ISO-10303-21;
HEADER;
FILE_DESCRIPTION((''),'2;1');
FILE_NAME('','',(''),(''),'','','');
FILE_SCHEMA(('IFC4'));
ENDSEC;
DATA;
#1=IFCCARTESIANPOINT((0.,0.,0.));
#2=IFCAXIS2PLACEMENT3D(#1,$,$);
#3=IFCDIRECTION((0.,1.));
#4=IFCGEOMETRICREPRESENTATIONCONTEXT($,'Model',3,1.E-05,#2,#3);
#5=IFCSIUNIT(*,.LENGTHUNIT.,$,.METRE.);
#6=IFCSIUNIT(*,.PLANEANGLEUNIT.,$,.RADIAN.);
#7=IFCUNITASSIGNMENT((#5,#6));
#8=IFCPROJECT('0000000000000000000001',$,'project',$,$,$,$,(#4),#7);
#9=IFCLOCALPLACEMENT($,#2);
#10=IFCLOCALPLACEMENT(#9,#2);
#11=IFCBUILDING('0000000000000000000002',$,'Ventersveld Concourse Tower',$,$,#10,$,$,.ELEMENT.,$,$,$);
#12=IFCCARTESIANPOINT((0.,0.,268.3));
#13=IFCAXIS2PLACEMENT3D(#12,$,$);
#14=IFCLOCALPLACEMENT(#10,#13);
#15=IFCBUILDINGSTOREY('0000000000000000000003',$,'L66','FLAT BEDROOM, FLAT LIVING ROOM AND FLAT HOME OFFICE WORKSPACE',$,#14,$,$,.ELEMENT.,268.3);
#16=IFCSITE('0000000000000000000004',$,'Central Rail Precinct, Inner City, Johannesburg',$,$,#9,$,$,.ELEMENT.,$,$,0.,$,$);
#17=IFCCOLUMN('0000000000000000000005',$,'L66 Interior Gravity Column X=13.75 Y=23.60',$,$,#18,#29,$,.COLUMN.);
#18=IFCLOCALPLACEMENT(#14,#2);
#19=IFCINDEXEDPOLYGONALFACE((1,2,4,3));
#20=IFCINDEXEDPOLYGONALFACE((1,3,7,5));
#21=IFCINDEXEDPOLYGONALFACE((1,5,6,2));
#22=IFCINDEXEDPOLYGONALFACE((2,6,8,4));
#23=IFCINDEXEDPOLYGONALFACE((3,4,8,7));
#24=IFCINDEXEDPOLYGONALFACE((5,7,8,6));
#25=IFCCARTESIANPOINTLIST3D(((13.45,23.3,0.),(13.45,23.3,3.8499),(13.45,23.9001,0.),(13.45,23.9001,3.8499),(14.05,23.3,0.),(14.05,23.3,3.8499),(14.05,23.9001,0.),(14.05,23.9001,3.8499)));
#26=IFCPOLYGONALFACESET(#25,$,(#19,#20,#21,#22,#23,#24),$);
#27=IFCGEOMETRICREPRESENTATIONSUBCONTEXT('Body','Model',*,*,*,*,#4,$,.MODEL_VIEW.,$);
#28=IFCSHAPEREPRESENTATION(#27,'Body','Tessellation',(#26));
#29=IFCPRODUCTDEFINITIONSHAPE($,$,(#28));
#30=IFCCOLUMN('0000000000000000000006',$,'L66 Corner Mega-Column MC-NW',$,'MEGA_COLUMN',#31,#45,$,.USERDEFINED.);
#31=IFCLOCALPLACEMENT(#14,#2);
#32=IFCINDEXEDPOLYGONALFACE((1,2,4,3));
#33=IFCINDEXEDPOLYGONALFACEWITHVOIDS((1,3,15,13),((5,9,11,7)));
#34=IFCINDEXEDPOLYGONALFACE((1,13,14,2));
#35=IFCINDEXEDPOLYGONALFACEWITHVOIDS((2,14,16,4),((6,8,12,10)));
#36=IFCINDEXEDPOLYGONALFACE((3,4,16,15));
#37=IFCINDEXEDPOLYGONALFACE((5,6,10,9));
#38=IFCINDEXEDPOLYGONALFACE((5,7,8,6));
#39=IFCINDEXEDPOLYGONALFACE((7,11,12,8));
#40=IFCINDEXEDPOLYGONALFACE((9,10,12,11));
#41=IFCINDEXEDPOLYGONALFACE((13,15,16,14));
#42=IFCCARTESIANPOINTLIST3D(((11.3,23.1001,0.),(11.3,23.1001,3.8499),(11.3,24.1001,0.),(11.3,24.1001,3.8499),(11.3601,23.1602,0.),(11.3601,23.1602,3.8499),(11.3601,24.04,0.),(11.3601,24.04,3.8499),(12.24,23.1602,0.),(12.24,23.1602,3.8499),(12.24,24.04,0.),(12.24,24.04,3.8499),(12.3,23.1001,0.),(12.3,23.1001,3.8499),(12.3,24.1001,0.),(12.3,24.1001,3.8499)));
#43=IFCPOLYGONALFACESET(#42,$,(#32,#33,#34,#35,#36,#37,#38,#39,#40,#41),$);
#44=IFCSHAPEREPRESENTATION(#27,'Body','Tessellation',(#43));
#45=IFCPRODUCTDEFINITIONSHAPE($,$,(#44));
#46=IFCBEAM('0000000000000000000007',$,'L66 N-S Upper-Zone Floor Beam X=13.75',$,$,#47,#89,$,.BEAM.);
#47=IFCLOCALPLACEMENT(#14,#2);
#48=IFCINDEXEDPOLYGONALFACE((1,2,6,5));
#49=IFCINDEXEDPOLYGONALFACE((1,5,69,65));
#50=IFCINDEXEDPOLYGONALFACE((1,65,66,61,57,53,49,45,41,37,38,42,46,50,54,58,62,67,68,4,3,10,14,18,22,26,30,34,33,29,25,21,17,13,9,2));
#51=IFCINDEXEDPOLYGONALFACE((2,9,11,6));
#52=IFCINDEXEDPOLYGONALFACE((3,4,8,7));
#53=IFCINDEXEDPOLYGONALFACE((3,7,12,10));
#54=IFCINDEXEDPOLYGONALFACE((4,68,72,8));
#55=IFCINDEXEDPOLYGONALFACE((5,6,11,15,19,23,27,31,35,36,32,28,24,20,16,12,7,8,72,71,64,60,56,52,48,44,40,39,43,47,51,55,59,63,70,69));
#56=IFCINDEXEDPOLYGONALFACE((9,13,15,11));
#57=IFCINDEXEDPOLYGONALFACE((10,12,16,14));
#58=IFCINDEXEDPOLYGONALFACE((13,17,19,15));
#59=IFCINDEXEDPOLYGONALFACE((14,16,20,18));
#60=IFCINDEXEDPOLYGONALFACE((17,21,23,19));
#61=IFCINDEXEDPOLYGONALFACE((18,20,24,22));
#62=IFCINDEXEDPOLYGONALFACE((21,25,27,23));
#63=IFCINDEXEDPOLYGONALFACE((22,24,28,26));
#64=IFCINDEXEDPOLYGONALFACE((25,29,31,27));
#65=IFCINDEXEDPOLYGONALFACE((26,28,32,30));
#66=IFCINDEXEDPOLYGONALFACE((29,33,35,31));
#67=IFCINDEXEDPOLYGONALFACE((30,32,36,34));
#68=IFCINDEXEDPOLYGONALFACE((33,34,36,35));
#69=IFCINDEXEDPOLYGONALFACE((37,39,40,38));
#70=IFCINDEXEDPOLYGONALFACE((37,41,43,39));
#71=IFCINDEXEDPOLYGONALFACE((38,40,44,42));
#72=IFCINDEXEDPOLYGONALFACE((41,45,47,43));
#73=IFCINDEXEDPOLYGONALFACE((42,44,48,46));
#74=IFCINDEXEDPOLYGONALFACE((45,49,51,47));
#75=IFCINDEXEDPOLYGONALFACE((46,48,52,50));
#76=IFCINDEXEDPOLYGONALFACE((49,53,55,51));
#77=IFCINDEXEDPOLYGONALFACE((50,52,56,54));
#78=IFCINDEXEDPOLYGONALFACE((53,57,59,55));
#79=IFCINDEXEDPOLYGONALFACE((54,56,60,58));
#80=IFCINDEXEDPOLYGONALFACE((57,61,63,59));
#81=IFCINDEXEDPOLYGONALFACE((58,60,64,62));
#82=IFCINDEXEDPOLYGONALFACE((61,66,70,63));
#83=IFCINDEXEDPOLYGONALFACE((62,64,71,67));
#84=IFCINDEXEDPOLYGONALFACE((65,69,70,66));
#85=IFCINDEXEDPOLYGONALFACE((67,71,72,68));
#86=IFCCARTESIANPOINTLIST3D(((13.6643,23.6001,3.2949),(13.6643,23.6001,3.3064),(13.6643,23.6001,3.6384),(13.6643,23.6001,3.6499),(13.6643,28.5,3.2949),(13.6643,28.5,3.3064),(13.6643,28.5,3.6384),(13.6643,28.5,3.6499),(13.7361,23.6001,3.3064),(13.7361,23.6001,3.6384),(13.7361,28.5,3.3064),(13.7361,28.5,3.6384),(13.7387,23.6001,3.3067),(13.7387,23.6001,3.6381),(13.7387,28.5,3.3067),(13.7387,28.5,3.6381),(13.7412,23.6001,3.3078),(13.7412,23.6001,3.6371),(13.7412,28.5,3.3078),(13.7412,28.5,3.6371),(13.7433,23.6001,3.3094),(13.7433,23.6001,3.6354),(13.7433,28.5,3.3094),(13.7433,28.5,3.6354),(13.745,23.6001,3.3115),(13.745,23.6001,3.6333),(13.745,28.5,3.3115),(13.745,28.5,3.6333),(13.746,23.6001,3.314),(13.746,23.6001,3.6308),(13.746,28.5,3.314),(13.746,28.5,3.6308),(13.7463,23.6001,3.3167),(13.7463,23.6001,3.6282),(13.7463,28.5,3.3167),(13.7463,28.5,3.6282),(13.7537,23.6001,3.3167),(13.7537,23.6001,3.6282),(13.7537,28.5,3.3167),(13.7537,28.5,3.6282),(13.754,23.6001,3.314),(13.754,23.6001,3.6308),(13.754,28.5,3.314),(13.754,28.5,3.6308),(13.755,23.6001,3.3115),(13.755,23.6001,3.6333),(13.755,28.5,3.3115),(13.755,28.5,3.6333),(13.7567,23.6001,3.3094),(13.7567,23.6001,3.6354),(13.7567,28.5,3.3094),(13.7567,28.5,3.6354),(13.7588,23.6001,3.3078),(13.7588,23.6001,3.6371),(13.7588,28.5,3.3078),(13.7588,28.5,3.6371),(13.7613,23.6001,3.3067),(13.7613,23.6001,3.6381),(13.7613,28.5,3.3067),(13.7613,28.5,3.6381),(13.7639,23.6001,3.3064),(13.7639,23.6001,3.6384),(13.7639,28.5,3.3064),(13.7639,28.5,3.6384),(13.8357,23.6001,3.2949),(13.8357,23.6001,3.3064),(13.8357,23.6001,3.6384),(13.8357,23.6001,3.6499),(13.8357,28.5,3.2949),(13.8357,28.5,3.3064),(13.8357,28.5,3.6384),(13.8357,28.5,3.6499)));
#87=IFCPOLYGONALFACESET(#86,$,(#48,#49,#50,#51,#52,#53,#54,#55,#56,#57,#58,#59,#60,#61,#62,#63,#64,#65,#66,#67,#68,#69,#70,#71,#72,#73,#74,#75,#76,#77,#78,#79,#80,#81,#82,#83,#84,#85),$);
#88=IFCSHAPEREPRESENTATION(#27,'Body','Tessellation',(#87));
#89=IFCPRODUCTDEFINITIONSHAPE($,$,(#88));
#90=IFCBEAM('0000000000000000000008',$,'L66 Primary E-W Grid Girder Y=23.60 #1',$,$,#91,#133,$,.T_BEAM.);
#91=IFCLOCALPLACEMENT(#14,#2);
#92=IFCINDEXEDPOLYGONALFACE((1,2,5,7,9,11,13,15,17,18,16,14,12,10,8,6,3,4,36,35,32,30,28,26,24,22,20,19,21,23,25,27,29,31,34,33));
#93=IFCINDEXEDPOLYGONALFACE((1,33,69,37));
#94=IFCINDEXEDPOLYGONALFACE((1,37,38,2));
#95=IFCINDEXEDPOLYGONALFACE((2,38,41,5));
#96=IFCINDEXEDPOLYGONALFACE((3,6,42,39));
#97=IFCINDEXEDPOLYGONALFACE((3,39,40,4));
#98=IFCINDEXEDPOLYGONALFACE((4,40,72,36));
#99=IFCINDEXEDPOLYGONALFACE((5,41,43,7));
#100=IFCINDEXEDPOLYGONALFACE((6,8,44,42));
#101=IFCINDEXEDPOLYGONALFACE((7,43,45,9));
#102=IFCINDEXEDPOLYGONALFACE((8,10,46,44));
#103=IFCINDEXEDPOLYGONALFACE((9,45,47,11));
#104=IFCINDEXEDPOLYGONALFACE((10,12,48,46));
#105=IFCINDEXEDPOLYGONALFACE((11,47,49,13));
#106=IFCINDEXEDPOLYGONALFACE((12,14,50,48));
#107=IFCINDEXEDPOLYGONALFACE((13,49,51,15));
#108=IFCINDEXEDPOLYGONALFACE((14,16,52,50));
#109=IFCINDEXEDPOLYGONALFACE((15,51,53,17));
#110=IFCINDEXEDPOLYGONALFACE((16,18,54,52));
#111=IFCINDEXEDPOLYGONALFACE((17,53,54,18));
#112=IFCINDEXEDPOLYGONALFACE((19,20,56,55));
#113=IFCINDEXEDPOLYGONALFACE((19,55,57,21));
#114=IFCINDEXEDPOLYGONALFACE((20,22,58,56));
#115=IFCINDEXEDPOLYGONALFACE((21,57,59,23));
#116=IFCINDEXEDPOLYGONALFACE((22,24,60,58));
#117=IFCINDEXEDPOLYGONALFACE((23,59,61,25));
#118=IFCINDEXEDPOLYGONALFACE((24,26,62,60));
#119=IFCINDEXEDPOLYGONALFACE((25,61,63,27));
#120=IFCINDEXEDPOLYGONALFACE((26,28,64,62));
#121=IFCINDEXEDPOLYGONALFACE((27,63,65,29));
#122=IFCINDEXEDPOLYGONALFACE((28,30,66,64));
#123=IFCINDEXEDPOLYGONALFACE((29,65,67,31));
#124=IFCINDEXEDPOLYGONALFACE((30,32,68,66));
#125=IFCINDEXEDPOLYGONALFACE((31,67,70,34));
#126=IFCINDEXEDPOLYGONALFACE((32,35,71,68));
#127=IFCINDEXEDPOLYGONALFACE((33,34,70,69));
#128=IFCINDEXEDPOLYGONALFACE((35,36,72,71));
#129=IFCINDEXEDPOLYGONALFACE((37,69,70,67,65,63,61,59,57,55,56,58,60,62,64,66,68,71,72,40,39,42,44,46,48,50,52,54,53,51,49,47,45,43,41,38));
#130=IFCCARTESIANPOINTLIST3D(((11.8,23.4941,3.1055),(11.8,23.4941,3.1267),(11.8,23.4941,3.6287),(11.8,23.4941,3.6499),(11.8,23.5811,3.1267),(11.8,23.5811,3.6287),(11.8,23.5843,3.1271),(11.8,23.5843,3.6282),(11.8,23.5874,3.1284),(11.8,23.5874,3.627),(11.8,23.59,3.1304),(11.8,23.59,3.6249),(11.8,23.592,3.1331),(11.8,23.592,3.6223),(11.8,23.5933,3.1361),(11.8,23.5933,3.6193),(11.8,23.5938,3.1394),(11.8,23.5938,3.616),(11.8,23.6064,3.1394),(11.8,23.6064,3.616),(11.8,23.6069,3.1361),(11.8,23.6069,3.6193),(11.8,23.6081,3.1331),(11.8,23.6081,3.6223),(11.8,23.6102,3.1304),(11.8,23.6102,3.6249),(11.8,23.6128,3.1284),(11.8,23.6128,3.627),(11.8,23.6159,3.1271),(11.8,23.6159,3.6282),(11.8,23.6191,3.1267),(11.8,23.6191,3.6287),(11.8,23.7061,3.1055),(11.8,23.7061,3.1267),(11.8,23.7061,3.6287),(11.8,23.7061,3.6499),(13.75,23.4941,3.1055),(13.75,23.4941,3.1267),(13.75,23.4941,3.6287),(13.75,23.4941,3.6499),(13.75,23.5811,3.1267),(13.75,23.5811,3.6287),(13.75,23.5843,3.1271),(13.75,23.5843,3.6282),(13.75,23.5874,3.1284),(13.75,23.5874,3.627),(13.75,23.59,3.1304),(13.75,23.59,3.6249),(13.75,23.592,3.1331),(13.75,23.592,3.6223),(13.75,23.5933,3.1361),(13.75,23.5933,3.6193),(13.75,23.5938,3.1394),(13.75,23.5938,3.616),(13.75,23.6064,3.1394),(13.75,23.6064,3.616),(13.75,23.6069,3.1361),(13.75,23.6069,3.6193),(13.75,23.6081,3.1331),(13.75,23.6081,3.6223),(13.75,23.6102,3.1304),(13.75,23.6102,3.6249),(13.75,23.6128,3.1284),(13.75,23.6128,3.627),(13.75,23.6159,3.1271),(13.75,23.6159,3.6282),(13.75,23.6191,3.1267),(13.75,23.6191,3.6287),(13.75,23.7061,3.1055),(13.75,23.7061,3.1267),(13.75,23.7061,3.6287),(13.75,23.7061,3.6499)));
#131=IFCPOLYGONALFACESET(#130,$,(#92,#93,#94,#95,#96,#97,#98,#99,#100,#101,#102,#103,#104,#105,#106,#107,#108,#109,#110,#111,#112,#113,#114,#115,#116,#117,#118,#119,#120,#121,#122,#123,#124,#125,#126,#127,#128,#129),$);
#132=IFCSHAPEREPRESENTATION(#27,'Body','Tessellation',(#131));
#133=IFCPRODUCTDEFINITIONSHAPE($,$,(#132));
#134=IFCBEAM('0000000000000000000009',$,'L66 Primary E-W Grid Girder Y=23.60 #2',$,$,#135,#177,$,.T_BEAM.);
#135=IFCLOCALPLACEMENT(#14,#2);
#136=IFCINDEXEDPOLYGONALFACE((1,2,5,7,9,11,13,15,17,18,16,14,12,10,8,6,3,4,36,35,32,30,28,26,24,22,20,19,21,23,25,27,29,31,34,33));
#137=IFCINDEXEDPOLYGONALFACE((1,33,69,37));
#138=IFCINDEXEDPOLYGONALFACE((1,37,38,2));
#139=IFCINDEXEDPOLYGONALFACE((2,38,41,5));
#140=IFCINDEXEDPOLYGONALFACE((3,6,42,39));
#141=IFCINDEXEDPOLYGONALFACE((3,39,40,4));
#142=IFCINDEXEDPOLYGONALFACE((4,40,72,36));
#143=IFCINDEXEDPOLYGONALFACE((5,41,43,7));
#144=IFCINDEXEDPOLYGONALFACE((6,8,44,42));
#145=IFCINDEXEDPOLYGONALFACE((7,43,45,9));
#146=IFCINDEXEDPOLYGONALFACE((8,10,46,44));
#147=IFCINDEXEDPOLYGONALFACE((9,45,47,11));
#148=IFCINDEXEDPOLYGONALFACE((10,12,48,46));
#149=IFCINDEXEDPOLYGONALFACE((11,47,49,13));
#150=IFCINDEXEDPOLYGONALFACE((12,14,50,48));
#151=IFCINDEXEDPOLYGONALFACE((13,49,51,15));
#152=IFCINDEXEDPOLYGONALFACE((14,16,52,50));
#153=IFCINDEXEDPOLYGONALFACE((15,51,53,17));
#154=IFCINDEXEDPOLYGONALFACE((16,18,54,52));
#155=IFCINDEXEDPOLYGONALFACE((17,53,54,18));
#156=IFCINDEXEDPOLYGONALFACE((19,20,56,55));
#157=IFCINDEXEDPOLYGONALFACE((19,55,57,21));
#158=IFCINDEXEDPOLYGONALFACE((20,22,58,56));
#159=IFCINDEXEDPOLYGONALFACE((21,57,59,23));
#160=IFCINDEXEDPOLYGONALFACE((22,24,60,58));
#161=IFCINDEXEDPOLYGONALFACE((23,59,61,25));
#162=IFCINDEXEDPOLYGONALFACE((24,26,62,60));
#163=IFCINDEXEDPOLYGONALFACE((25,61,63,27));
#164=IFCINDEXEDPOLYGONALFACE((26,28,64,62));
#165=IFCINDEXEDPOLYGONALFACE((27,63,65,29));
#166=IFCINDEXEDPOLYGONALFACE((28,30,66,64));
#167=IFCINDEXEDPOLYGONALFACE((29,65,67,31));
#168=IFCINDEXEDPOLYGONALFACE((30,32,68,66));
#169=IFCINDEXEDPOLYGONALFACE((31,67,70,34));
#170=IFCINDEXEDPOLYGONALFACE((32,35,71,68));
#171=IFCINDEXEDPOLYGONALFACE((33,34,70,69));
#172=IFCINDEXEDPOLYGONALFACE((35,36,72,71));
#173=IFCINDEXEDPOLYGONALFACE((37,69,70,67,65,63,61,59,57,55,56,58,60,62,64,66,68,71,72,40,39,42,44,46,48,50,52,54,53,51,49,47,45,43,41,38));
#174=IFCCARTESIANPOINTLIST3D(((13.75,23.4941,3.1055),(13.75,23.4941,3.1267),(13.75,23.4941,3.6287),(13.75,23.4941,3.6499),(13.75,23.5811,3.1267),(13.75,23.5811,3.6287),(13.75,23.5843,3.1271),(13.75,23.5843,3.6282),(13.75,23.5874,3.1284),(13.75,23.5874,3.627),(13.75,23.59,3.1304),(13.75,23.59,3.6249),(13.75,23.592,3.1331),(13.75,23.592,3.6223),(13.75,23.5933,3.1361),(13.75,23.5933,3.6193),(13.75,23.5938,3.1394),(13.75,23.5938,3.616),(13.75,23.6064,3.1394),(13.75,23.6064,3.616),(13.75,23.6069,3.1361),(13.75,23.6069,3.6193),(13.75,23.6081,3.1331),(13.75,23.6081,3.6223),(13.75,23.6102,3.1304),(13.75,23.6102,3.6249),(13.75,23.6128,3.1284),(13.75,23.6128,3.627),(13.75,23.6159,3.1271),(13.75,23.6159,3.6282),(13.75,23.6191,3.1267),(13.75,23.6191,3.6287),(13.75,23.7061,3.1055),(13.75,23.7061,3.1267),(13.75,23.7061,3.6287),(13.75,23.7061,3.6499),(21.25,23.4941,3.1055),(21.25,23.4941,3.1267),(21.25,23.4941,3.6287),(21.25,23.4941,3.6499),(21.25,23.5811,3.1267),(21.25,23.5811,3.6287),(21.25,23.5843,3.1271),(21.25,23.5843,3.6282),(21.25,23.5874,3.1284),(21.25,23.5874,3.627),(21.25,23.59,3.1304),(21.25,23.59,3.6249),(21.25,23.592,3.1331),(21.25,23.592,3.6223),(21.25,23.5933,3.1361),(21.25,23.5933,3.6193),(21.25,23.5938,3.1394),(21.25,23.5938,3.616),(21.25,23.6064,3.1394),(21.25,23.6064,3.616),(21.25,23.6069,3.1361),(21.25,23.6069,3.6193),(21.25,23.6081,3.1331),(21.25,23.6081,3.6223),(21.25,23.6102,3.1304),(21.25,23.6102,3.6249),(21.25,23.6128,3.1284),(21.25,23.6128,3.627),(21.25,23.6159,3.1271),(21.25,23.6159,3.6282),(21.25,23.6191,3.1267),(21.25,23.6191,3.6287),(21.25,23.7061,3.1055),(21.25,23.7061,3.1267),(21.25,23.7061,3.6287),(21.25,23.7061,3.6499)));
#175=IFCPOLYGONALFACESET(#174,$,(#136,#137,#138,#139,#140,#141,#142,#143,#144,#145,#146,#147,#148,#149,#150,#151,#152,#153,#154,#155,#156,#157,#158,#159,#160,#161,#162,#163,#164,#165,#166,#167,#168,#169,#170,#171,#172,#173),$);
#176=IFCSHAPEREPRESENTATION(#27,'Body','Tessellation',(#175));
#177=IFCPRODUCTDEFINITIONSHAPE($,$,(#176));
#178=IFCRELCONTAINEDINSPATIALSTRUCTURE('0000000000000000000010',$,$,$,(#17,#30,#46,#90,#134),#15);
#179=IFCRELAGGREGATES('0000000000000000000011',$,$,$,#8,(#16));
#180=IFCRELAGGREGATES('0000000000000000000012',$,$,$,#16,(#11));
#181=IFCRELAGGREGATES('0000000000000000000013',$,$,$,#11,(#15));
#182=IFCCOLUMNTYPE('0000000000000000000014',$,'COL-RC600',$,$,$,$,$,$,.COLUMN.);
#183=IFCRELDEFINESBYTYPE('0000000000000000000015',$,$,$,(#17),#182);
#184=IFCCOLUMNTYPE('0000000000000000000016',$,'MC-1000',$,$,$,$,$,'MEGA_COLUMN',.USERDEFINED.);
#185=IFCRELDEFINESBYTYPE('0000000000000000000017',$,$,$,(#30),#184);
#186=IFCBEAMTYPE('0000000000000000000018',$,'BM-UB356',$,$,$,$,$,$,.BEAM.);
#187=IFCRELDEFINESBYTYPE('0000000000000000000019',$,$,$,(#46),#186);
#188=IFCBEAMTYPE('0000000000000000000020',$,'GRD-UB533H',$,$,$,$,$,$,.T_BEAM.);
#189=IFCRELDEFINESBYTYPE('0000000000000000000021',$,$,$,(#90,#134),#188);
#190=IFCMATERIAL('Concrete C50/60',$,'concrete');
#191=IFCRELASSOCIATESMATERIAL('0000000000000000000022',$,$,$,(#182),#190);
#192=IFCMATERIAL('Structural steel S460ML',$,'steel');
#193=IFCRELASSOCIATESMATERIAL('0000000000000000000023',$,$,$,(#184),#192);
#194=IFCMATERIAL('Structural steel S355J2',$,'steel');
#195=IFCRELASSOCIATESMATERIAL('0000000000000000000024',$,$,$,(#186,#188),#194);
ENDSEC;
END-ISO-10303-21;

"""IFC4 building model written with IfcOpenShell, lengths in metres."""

from ifc_helpers import new_model, si_unit, direction, frame, origin, origin_2d, place, context, subcontext, project, spatial, rectangle, hollow_rectangle, i_section, extrude, material, material_profile, profile_set, type_object, element, save


model = new_model("IFC4")

# Units and contexts
model_context = context("Model", 3, precision=1e-05, world=origin(), true_north=direction((0.0, 1.0)))
body_context = subcontext(model_context, "Body", "Model", "MODEL_VIEW")
ifc_project = project(units=[si_unit("LENGTHUNIT", "METRE"), si_unit("PLANEANGLEUNIT", "RADIAN")], contexts=[model_context])

# Site, building, storey
site_placement = place(None, origin())
site = spatial("IfcSite", under=ifc_project, at=site_placement, Name="Central Rail Precinct, Inner City, Johannesburg", CompositionType="ELEMENT", RefElevation=0.0)
building_placement = place(site_placement, origin())
building = spatial("IfcBuilding", under=site, at=building_placement, Name="Ventersveld Concourse Tower", CompositionType="ELEMENT")
storey_placement = place(building_placement, frame((0.0, 0.0, 268.3)))
storey = spatial("IfcBuildingStorey", under=building, at=storey_placement, Name="L66", Description="FLAT BEDROOM, FLAT LIVING ROOM AND FLAT HOME OFFICE WORKSPACE", CompositionType="ELEMENT", Elevation=268.3)

# Columns
ifc_material_1 = material(Name="Concrete C50/60", Category="concrete")
ifc_material_profile_1 = material_profile(ifc_material_1, rectangle(XDim=0.6001, YDim=0.6001, at=origin_2d()), Name="RC 600x600")
ifc_profile_set_1 = profile_set([ifc_material_profile_1], Name="Concrete C50/60")
column_type_1 = type_object("IfcColumnType", Name="COL-RC600", PredefinedType="COLUMN", material=ifc_profile_set_1)
column_1_placement = place(storey_placement, frame((13.75, 23.6001, 0.0), z_axis=(0.0, 0.0, 1.0), x_axis=(1.0, 0.0, 0.0)))
element("IfcColumn", 1, at=column_1_placement, inside=storey, type_object=column_type_1, Name="L66 Interior Gravity Column X=13.75 Y=23.60", PredefinedType="COLUMN", context=body_context, shape_type="SweptSolid", body=[
    extrude(rectangle(XDim=0.6001, YDim=0.6001, at=origin_2d()), origin(), (0.0, 0.0, 1.0), 3.8499),
])
ifc_material_2 = material(Name="Structural steel S460ML", Category="steel")
ifc_material_profile_2 = material_profile(ifc_material_2, hollow_rectangle(XDim=1.0, YDim=1.0, WallThickness=0.0601, at=origin_2d()), Name="BOX 1000x1000x60")
ifc_profile_set_2 = profile_set([ifc_material_profile_2], Name="Structural steel S460ML")
column_type_2 = type_object("IfcColumnType", Name="MC-1000", ElementType="MEGA_COLUMN", PredefinedType="USERDEFINED", material=ifc_profile_set_2)
column_2_placement = place(storey_placement, frame((11.8, 23.6001, 0.0), z_axis=(0.0, 0.0, 1.0), x_axis=(1.0, 0.0, 0.0)))
element("IfcColumn", 2, at=column_2_placement, inside=storey, type_object=column_type_2, Name="L66 Corner Mega-Column MC-NW", ObjectType="MEGA_COLUMN", PredefinedType="USERDEFINED", context=body_context, shape_type="SweptSolid", body=[
    extrude(hollow_rectangle(XDim=1.0, YDim=1.0, WallThickness=0.0601, at=origin_2d()), origin(), (0.0, 0.0, 1.0), 3.8499),
])

# Beams
ifc_material_3 = material(Name="Structural steel S355J2", Category="steel")
ifc_material_profile_3 = material_profile(ifc_material_3, i_section(OverallWidth=0.1714, OverallDepth=0.355, WebThickness=0.0073, FlangeThickness=0.0115, FilletRadius=0.0103, at=origin_2d()), Name="UB 356x171x51")
ifc_profile_set_3 = profile_set([ifc_material_profile_3], Name="Structural steel S355J2")
beam_type_1 = type_object("IfcBeamType", Name="BM-UB356", PredefinedType="BEAM", material=ifc_profile_set_3)
beam_1_placement = place(storey_placement, frame((13.75, 23.6001, 3.4724), z_axis=(0.0, 1.0, 0.0), x_axis=(-1.0, 0.0, 0.0)))
element("IfcBeam", 3, at=beam_1_placement, inside=storey, type_object=beam_type_1, Name="L66 N-S Upper-Zone Floor Beam X=13.75", PredefinedType="BEAM", context=body_context, shape_type="SweptSolid", body=[
    extrude(i_section(OverallWidth=0.1714, OverallDepth=0.355, WebThickness=0.0073, FlangeThickness=0.0115, FilletRadius=0.0103, at=origin_2d()), origin(), (0.0, 0.0, 1.0), 4.8999),
])
ifc_material_profile_4 = material_profile(ifc_material_3, i_section(OverallWidth=0.2119, OverallDepth=0.5444, WebThickness=0.0127, FlangeThickness=0.0212, FilletRadius=0.0127, at=origin_2d()), Name="UB 533x210x122")
ifc_profile_set_4 = profile_set([ifc_material_profile_4], Name="Structural steel S355J2")
beam_type_2 = type_object("IfcBeamType", Name="GRD-UB533H", PredefinedType="T_BEAM", material=ifc_profile_set_4)
beam_2_placement = place(storey_placement, frame((11.8, 23.6001, 3.3777), z_axis=(1.0, 0.0, 0.0), x_axis=(0.0, 1.0, 0.0)))
element("IfcBeam", 4, at=beam_2_placement, inside=storey, type_object=beam_type_2, Name="L66 Primary E-W Grid Girder Y=23.60 #1", PredefinedType="T_BEAM", context=body_context, shape_type="SweptSolid", body=[
    extrude(i_section(OverallWidth=0.2119, OverallDepth=0.5444, WebThickness=0.0127, FlangeThickness=0.0212, FilletRadius=0.0127, at=origin_2d()), origin(), (0.0, 0.0, 1.0), 1.95),
])
beam_3_placement = place(storey_placement, frame((13.75, 23.6001, 3.3777), z_axis=(1.0, 0.0, 0.0), x_axis=(0.0, 1.0, 0.0)))
element("IfcBeam", 5, at=beam_3_placement, inside=storey, type_object=beam_type_2, Name="L66 Primary E-W Grid Girder Y=23.60 #2", PredefinedType="T_BEAM", context=body_context, shape_type="SweptSolid", body=[
    extrude(i_section(OverallWidth=0.2119, OverallDepth=0.5444, WebThickness=0.0127, FlangeThickness=0.0212, FilletRadius=0.0127, at=origin_2d()), origin(), (0.0, 0.0, 1.0), 7.5),
])

save(model, "model.ifc")
